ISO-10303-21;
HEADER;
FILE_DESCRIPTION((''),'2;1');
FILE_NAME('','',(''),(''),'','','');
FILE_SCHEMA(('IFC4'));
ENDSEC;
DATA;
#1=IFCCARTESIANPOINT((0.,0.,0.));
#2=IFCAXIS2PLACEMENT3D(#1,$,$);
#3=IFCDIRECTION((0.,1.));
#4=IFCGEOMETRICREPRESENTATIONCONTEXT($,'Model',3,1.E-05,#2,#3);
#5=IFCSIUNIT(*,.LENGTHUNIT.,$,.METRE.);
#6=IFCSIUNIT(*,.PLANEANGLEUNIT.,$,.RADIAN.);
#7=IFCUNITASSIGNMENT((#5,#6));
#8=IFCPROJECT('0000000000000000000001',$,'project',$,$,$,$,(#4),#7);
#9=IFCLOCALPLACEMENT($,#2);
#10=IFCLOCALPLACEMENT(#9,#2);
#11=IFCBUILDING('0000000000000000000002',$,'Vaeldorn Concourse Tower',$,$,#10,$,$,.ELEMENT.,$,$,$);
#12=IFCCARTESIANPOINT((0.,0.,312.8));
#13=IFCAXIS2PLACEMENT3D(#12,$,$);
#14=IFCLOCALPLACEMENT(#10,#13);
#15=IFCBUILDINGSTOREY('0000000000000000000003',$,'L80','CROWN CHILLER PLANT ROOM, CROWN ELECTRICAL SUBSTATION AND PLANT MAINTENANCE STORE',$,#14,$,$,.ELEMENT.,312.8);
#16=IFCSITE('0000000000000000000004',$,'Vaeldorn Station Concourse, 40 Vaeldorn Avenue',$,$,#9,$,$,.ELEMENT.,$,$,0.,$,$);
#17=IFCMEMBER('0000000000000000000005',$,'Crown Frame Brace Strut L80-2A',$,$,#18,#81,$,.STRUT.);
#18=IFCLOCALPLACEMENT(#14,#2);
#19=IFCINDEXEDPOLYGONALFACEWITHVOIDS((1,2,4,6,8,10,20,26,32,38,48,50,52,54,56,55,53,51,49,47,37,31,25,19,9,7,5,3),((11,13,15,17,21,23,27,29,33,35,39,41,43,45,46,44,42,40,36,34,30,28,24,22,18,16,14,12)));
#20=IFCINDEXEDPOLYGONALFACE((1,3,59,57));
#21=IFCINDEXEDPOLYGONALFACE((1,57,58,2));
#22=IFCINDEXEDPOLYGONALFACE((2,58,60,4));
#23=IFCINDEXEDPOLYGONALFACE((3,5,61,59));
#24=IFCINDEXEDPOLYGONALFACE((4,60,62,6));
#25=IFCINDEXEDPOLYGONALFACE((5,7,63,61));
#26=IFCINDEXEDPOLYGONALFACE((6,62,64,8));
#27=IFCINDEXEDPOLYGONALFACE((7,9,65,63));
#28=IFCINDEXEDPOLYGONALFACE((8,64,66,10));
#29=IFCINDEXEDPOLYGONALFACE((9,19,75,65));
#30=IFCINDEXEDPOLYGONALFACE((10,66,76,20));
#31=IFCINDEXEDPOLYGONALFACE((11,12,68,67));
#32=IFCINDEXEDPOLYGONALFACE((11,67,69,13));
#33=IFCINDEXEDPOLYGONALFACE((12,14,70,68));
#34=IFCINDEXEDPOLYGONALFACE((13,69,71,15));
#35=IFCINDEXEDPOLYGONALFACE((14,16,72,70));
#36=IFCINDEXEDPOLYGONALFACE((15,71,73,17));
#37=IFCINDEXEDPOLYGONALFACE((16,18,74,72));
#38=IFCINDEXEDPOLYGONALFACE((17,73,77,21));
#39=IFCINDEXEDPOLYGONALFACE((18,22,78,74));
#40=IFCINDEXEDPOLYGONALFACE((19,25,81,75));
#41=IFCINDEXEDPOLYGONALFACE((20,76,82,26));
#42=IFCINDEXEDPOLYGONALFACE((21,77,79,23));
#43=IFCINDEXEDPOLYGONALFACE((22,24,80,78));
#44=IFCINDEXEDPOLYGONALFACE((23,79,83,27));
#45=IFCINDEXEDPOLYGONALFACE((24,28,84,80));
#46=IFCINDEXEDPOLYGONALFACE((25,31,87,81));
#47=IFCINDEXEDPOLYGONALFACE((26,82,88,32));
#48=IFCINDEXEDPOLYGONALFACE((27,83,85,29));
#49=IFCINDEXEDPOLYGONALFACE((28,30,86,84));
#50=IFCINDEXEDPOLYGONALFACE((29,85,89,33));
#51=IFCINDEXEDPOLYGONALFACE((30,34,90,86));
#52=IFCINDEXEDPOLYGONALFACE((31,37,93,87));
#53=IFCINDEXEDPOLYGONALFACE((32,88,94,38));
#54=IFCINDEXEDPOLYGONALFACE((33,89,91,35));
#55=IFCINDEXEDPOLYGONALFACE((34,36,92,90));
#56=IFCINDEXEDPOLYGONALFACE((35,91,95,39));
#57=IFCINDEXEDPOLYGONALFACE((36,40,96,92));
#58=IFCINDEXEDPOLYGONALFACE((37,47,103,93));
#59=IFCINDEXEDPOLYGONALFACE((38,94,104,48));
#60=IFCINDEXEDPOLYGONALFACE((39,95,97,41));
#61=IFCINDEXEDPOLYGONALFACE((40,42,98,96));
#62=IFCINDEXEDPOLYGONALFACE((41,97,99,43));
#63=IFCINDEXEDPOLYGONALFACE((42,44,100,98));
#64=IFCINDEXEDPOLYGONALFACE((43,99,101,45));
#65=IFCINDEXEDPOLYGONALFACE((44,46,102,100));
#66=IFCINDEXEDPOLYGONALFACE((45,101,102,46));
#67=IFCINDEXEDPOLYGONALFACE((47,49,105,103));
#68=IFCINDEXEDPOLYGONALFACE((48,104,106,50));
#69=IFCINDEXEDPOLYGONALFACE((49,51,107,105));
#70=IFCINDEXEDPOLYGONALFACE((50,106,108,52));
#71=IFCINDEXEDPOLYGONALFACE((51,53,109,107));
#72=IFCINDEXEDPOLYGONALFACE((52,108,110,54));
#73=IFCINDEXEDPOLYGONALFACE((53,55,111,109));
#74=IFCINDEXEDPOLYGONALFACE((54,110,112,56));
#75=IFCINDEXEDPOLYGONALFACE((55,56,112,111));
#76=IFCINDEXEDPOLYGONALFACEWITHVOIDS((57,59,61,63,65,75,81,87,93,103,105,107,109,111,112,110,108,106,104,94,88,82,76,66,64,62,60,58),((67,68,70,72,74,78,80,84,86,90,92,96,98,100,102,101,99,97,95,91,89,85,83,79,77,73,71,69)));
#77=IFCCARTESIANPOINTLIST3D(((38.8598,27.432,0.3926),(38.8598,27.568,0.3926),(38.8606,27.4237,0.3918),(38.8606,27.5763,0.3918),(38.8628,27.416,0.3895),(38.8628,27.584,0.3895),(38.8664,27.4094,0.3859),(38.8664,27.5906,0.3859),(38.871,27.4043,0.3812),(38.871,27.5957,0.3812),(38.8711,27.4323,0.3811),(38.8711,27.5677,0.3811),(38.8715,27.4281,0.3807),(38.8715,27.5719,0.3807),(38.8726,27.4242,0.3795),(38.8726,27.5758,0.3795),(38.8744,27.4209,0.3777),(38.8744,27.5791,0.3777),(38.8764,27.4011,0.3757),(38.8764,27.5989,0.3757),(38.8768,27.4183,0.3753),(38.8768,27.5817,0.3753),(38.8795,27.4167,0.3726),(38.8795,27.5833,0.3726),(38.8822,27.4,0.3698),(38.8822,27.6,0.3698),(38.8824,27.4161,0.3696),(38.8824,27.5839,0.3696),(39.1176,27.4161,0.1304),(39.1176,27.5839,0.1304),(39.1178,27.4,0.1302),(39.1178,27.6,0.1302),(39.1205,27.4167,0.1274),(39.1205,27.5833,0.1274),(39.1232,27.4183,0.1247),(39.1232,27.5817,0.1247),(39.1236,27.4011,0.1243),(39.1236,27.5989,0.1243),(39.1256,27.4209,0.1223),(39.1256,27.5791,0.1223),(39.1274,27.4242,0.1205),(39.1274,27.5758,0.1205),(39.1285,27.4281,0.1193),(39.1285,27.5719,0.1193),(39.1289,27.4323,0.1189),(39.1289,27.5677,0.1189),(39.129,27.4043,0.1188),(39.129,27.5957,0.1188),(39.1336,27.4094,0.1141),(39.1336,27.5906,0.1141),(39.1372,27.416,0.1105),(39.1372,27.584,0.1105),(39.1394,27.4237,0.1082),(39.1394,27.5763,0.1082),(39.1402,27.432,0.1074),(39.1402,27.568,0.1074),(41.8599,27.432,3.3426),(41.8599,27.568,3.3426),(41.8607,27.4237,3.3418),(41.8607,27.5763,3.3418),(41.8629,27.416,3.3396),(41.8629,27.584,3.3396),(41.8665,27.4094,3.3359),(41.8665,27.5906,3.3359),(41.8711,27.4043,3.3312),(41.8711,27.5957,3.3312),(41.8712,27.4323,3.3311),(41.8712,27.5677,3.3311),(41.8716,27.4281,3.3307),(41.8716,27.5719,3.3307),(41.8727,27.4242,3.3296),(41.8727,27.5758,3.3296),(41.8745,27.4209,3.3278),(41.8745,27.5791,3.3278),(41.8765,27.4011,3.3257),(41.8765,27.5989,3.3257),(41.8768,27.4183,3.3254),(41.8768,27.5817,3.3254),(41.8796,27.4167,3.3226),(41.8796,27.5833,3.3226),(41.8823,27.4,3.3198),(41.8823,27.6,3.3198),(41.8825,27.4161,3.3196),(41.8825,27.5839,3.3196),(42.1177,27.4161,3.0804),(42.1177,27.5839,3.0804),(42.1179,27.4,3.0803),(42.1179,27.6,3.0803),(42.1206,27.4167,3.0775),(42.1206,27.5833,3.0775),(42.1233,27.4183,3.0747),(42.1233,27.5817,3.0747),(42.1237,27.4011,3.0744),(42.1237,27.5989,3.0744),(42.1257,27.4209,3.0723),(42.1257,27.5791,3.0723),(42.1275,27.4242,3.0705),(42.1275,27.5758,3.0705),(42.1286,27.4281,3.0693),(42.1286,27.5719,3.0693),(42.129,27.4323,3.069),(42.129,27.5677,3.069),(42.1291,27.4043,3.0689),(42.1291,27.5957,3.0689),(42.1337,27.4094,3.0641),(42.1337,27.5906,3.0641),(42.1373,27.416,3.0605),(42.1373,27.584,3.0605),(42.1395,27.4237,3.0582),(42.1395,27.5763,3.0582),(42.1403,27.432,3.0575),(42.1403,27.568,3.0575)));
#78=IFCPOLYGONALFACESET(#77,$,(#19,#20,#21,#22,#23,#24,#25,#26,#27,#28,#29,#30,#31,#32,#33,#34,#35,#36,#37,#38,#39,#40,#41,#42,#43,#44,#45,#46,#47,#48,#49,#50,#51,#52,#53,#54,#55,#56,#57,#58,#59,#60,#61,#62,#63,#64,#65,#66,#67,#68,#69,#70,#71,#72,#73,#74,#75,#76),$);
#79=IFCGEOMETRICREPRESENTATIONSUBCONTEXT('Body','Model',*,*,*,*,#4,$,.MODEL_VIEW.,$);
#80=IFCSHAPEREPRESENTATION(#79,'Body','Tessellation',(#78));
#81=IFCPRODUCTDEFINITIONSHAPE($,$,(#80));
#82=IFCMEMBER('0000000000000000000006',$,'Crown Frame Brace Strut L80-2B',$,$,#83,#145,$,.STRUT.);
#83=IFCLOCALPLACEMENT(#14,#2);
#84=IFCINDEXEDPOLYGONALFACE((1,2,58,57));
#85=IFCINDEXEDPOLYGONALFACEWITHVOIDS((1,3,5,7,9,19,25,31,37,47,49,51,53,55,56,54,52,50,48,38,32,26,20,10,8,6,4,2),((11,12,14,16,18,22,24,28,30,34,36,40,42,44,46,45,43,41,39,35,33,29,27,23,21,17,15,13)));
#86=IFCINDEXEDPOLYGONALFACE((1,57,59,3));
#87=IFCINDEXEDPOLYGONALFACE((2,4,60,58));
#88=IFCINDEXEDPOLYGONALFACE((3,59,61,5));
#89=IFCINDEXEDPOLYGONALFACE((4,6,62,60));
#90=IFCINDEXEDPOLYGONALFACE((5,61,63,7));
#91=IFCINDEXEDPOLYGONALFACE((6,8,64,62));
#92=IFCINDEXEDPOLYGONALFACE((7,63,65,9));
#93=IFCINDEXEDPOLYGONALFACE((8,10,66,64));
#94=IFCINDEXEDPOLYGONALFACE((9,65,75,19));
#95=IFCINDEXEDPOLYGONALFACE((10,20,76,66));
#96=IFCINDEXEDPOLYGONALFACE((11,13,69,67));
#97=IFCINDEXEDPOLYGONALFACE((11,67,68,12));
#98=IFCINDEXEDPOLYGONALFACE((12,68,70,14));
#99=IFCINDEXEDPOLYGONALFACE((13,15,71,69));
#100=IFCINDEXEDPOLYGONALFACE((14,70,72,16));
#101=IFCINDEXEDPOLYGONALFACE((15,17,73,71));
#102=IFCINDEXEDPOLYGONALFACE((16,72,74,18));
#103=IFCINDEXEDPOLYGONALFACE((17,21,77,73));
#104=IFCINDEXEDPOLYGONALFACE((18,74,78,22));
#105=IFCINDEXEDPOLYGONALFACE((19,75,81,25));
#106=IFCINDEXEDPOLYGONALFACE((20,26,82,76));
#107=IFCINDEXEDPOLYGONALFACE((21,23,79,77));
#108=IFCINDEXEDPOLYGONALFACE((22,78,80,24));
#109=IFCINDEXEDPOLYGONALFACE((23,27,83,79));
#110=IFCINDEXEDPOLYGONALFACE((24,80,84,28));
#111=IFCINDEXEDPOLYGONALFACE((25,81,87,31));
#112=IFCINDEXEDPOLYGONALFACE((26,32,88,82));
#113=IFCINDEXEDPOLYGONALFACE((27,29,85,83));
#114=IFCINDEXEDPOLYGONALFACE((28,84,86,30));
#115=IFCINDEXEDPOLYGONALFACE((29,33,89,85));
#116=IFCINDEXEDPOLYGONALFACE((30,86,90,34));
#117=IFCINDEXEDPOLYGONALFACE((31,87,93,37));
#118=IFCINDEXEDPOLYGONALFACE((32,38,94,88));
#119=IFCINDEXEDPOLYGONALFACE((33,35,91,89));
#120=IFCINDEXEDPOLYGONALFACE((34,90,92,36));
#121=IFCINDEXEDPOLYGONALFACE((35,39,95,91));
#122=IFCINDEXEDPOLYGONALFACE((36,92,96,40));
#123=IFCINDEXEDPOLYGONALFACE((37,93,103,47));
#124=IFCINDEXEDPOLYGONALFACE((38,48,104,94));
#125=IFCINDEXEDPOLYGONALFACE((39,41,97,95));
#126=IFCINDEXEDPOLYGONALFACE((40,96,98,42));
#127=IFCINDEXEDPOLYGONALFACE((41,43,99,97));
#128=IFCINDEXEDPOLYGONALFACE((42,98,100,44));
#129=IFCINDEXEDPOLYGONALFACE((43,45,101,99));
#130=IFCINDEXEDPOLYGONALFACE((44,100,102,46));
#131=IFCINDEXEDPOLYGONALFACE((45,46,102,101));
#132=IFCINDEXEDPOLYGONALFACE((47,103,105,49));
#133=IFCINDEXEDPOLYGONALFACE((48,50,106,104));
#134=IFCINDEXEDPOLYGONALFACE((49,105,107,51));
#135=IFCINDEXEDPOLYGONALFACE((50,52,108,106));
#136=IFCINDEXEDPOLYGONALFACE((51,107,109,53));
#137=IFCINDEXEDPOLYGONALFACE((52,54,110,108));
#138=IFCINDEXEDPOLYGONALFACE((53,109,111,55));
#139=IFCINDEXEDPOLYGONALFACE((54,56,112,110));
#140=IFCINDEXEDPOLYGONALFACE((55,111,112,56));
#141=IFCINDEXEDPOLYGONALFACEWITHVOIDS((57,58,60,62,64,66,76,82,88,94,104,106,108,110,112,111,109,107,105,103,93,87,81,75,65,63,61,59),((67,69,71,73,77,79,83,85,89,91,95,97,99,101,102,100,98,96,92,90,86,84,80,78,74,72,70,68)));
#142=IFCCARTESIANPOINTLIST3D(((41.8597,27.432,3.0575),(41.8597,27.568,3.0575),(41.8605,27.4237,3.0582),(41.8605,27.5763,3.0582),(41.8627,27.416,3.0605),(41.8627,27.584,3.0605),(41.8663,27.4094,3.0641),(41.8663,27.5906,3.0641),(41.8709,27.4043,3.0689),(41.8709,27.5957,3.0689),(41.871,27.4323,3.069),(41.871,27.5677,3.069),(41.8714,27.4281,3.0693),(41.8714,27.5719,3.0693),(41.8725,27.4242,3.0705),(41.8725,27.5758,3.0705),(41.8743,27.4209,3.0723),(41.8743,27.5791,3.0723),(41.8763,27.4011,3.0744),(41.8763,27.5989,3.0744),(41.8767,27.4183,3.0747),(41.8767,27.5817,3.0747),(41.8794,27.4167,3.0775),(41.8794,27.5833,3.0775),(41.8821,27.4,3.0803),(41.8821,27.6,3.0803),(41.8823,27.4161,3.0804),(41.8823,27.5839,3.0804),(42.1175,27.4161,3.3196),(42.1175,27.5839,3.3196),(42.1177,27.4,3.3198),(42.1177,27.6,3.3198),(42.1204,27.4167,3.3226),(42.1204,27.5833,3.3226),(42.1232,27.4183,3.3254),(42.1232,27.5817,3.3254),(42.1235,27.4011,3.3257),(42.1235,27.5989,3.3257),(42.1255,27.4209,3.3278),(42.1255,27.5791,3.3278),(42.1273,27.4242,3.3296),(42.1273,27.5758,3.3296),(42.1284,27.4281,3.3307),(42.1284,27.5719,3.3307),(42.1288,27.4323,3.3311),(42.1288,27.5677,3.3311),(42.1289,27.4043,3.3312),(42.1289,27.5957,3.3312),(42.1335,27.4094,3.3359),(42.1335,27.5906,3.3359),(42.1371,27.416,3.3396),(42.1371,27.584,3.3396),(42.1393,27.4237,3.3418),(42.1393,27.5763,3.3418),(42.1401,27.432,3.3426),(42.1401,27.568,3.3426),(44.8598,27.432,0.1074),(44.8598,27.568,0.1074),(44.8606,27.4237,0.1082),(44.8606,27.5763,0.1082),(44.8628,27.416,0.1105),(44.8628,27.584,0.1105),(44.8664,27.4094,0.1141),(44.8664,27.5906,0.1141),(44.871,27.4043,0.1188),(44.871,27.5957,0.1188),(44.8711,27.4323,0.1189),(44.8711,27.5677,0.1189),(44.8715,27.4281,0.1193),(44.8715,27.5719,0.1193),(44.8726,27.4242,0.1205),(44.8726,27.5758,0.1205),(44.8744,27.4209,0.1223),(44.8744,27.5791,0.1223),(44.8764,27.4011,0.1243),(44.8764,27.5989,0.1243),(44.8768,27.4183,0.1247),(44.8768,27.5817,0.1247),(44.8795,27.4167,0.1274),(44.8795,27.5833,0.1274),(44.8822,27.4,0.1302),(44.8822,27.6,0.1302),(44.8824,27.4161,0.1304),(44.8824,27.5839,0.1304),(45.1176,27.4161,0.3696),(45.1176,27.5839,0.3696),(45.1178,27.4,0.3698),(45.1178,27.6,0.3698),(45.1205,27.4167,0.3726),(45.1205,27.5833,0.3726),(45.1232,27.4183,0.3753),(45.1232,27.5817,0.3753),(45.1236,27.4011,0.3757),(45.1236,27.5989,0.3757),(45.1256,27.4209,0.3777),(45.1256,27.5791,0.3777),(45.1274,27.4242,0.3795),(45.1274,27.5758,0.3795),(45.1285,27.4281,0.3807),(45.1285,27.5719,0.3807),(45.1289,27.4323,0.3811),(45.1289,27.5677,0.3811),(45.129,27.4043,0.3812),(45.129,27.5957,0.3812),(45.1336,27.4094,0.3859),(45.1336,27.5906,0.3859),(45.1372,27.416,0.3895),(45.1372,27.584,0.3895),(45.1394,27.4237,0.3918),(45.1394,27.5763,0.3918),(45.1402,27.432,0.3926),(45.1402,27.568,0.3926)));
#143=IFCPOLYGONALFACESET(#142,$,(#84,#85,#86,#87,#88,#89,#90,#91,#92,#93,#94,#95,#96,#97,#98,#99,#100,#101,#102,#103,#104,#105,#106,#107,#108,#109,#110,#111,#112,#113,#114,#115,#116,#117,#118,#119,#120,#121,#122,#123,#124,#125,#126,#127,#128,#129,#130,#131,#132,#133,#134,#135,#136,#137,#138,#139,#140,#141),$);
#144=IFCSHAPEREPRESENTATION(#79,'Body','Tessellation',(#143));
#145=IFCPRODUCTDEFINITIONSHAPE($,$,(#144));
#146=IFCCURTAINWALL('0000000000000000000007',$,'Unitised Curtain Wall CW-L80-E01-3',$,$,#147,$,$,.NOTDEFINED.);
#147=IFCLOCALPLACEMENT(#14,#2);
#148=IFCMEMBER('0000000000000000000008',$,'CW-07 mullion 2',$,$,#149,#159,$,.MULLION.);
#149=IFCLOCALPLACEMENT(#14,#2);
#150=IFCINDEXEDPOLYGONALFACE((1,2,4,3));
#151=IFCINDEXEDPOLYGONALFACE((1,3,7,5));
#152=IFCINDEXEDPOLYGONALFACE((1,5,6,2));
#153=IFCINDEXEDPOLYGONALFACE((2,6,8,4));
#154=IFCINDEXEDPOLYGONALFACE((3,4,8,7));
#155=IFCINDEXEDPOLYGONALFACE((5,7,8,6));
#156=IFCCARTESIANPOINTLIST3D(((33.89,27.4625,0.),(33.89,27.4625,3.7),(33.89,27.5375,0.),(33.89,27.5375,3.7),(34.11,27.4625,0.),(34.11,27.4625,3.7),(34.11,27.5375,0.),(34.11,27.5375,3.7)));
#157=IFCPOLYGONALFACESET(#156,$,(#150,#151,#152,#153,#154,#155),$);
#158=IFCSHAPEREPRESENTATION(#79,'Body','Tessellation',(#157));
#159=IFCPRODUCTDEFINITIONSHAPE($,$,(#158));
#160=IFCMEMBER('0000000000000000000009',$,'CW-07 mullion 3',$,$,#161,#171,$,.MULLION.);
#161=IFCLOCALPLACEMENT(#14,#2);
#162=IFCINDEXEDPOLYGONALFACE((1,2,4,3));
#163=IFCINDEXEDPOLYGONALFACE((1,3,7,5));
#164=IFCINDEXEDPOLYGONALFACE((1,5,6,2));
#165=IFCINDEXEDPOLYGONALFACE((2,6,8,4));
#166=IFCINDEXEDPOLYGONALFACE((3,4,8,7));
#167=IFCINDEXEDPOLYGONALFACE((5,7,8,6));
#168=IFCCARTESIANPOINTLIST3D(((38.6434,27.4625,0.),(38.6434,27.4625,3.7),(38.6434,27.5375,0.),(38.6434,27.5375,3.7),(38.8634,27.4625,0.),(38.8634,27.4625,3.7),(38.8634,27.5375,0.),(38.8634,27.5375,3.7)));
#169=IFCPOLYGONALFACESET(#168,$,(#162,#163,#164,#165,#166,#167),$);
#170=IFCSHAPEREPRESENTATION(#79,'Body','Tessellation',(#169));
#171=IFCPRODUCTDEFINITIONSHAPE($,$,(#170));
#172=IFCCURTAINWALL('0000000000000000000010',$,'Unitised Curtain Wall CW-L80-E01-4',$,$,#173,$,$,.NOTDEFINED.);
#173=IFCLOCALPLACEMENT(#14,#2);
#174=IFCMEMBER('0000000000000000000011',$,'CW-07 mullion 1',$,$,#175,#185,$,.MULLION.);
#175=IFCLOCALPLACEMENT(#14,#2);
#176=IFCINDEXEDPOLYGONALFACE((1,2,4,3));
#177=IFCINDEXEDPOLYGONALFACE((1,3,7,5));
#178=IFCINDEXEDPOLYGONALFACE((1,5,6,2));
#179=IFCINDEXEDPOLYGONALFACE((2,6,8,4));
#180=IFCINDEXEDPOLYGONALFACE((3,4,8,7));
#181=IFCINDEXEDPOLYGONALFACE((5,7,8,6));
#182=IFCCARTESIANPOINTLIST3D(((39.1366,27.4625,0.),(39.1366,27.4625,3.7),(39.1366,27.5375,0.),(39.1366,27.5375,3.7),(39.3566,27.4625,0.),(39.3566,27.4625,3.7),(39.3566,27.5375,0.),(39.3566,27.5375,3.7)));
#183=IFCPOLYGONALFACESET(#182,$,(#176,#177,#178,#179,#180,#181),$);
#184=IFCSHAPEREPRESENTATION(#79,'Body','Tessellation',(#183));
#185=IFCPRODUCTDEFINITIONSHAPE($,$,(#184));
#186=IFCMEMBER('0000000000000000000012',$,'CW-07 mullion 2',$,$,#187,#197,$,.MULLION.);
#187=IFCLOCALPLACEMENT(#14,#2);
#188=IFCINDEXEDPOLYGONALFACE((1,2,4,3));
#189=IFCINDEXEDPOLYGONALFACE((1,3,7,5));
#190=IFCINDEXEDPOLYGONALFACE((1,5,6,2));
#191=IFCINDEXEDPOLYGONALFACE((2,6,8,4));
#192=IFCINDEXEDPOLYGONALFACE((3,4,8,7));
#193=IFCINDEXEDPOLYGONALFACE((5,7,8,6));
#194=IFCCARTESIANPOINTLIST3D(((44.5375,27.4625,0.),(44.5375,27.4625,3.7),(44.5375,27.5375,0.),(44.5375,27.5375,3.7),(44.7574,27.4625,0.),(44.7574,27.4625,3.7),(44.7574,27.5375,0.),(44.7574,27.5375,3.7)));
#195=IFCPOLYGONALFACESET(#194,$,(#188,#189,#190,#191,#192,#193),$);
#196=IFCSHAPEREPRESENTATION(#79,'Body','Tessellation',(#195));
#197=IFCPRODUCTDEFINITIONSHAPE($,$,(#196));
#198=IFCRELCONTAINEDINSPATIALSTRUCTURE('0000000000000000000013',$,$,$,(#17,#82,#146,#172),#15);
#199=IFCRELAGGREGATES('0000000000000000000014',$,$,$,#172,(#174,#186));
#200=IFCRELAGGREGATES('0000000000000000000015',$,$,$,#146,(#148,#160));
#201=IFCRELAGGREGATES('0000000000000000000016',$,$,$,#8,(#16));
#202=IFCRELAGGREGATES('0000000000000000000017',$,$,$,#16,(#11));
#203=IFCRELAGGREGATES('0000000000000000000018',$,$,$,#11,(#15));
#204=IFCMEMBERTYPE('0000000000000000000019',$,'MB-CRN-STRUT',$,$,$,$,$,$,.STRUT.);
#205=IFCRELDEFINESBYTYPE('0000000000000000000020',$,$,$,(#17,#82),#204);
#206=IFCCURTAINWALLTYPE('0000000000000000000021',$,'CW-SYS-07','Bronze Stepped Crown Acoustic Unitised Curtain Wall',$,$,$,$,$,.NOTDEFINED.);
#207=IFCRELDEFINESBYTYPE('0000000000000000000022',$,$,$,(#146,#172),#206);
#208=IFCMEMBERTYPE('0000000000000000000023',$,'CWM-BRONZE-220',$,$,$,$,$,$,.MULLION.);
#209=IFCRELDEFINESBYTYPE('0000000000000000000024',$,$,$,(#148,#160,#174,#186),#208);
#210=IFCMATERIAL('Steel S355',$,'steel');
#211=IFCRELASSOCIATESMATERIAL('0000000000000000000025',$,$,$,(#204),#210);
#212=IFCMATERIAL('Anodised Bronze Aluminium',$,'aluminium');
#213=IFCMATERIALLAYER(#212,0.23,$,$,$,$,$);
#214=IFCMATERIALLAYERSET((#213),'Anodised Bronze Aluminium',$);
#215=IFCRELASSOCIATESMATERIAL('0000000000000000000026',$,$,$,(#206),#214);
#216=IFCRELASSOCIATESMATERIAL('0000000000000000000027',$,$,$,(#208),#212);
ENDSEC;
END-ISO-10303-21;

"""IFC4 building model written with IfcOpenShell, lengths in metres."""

from ifc_helpers import new_model, si_unit, direction, frame, origin, origin_2d, place, context, subcontext, project, spatial, rectangle, hollow_rectangle, extrude, source, transform, mapped, material, layer, layer_set, material_profile, profile_set, type_object, element, aggregate, save


model = new_model("IFC4")

# Units and contexts
model_context = context("Model", 3, precision=1e-05, world=origin(), true_north=direction((0.0, 1.0)))
body_context = subcontext(model_context, "Body", "Model", "MODEL_VIEW")
ifc_project = project(units=[si_unit("LENGTHUNIT", "METRE"), si_unit("PLANEANGLEUNIT", "RADIAN")], contexts=[model_context])

# Site, building, storey
site_placement = place(None, origin())
site = spatial("IfcSite", under=ifc_project, at=site_placement, Name="Vaeldorn Station Concourse, 40 Vaeldorn Avenue", CompositionType="ELEMENT", RefElevation=0.0)
building_placement = place(site_placement, origin())
building = spatial("IfcBuilding", under=site, at=building_placement, Name="Vaeldorn Concourse Tower", CompositionType="ELEMENT")
storey_placement = place(building_placement, frame((0.0, 0.0, 312.8)))
storey = spatial("IfcBuildingStorey", under=building, at=storey_placement, Name="L80", Description="CROWN CHILLER PLANT ROOM, CROWN ELECTRICAL SUBSTATION AND PLANT MAINTENANCE STORE", CompositionType="ELEMENT", Elevation=312.8)

# Shared definitions
ifc_material_1 = material(Name="Steel S355", Category="steel")

# Members
ifc_material_profile_1 = material_profile(ifc_material_1, hollow_rectangle(XDim=0.2, YDim=0.3999, WallThickness=0.0161, InnerFilletRadius=0.0161, OuterFilletRadius=0.032, at=origin_2d()), Name="RHS 400x200x16")
ifc_profile_set_1 = profile_set([ifc_material_profile_1], Name="Steel S355")
member_type_1 = type_object("IfcMemberType", Name="MB-CRN-STRUT", PredefinedType="STRUT", material=ifc_profile_set_1)
shared_shape_1 = source(origin(), body_context, "Body", "SweptSolid", [
    extrude(hollow_rectangle(XDim=0.2, YDim=0.3999, WallThickness=0.0161, InnerFilletRadius=0.0161, OuterFilletRadius=0.032, at=origin_2d()), origin(), (0.0, 0.0, 1.0), 4.2075),
])
for number, where, z_axis, x_axis, name in (
    (1, (39.0, 27.5, 0.25), (0.713029, 0.0, 0.701134), (0.0, 1.0, 0.0), "Crown Frame Brace Strut L80-2A"),
    (2, (45.0, 27.5, 0.25), (-0.713029, 0.0, 0.701134), (0.0, -1.0, 0.0), "Crown Frame Brace Strut L80-2B"),
):
    element("IfcMember", number, at=place(storey_placement, frame(where, z_axis=z_axis, x_axis=x_axis)), inside=storey, type_object=member_type_1, Name=name, PredefinedType="STRUT", context=body_context, shape_type="MappedRepresentation", body=[
        mapped(shared_shape_1, transform((0.0, 0.0, 0.0), scale=1.0)),
    ])

# Curtain walls, members
ifc_material_2 = material(Name="Anodised Bronze Aluminium", Category="aluminium")
ifc_layer_1 = layer(ifc_material_2, 0.23)
ifc_layer_set_1 = layer_set([ifc_layer_1], Name="Anodised Bronze Aluminium")
curtain_wall_type = type_object("IfcCurtainWallType", Name="CW-SYS-07", Description="Bronze Stepped Crown Acoustic Unitised Curtain Wall", PredefinedType="NOTDEFINED", material=ifc_layer_set_1)
curtain_wall_1_placement = place(storey_placement, origin())
curtain_wall_1 = element("IfcCurtainWall", 3, at=curtain_wall_1_placement, inside=storey, type_object=curtain_wall_type, Name="Unitised Curtain Wall CW-L80-E01-3", PredefinedType="NOTDEFINED")
ifc_material_profile_2 = material_profile(ifc_material_2, rectangle(XDim=0.075, YDim=0.22, at=origin_2d()), Name="CWM 75x220")
ifc_profile_set_2 = profile_set([ifc_material_profile_2], Name="Anodised Bronze Aluminium")
member_type_2 = type_object("IfcMemberType", Name="CWM-BRONZE-220", PredefinedType="MULLION", material=ifc_profile_set_2)
shared_shape_2 = source(origin(), body_context, "Body", "SweptSolid", [
    extrude(rectangle(XDim=0.075, YDim=0.22, at=origin_2d()), origin(), (0.0, 0.0, 1.0), 3.7),
])
member_1_placement = place(storey_placement, frame((34.0, 27.5, 0.0), z_axis=(0.0, 0.0, 1.0), x_axis=(0.0, 1.0, 0.0)))
member_1 = element("IfcMember", 4, at=member_1_placement, type_object=member_type_2, Name="CW-07 mullion 2", PredefinedType="MULLION", context=body_context, shape_type="MappedRepresentation", body=[
    mapped(shared_shape_2, transform((0.0, 0.0, 0.0), scale=1.0)),
])
member_2_placement = place(storey_placement, frame((38.7534, 27.5, 0.0), z_axis=(0.0, 0.0, 1.0), x_axis=(0.0, 1.0, 0.0)))
member_2 = element("IfcMember", 5, at=member_2_placement, type_object=member_type_2, Name="CW-07 mullion 3", PredefinedType="MULLION", context=body_context, shape_type="MappedRepresentation", body=[
    mapped(shared_shape_2, transform((0.0, 0.0, 0.0), scale=1.0)),
])
curtain_wall_2_placement = place(storey_placement, origin())
curtain_wall_2 = element("IfcCurtainWall", 6, at=curtain_wall_2_placement, inside=storey, type_object=curtain_wall_type, Name="Unitised Curtain Wall CW-L80-E01-4", PredefinedType="NOTDEFINED")
member_3_placement = place(storey_placement, frame((39.2466, 27.5, 0.0), z_axis=(0.0, 0.0, 1.0), x_axis=(0.0, 1.0, 0.0)))
member_3 = element("IfcMember", 7, at=member_3_placement, type_object=member_type_2, Name="CW-07 mullion 1", PredefinedType="MULLION", context=body_context, shape_type="MappedRepresentation", body=[
    mapped(shared_shape_2, transform((0.0, 0.0, 0.0), scale=1.0)),
])
member_4_placement = place(storey_placement, frame((44.6475, 27.5, 0.0), z_axis=(0.0, 0.0, 1.0), x_axis=(0.0, 1.0, 0.0)))
member_4 = element("IfcMember", 8, at=member_4_placement, type_object=member_type_2, Name="CW-07 mullion 2", PredefinedType="MULLION", context=body_context, shape_type="MappedRepresentation", body=[
    mapped(shared_shape_2, transform((0.0, 0.0, 0.0), scale=1.0)),
])

aggregate(curtain_wall_2, [member_3, member_4])
aggregate(curtain_wall_1, [member_1, member_2])

save(model, "model.ifc")
